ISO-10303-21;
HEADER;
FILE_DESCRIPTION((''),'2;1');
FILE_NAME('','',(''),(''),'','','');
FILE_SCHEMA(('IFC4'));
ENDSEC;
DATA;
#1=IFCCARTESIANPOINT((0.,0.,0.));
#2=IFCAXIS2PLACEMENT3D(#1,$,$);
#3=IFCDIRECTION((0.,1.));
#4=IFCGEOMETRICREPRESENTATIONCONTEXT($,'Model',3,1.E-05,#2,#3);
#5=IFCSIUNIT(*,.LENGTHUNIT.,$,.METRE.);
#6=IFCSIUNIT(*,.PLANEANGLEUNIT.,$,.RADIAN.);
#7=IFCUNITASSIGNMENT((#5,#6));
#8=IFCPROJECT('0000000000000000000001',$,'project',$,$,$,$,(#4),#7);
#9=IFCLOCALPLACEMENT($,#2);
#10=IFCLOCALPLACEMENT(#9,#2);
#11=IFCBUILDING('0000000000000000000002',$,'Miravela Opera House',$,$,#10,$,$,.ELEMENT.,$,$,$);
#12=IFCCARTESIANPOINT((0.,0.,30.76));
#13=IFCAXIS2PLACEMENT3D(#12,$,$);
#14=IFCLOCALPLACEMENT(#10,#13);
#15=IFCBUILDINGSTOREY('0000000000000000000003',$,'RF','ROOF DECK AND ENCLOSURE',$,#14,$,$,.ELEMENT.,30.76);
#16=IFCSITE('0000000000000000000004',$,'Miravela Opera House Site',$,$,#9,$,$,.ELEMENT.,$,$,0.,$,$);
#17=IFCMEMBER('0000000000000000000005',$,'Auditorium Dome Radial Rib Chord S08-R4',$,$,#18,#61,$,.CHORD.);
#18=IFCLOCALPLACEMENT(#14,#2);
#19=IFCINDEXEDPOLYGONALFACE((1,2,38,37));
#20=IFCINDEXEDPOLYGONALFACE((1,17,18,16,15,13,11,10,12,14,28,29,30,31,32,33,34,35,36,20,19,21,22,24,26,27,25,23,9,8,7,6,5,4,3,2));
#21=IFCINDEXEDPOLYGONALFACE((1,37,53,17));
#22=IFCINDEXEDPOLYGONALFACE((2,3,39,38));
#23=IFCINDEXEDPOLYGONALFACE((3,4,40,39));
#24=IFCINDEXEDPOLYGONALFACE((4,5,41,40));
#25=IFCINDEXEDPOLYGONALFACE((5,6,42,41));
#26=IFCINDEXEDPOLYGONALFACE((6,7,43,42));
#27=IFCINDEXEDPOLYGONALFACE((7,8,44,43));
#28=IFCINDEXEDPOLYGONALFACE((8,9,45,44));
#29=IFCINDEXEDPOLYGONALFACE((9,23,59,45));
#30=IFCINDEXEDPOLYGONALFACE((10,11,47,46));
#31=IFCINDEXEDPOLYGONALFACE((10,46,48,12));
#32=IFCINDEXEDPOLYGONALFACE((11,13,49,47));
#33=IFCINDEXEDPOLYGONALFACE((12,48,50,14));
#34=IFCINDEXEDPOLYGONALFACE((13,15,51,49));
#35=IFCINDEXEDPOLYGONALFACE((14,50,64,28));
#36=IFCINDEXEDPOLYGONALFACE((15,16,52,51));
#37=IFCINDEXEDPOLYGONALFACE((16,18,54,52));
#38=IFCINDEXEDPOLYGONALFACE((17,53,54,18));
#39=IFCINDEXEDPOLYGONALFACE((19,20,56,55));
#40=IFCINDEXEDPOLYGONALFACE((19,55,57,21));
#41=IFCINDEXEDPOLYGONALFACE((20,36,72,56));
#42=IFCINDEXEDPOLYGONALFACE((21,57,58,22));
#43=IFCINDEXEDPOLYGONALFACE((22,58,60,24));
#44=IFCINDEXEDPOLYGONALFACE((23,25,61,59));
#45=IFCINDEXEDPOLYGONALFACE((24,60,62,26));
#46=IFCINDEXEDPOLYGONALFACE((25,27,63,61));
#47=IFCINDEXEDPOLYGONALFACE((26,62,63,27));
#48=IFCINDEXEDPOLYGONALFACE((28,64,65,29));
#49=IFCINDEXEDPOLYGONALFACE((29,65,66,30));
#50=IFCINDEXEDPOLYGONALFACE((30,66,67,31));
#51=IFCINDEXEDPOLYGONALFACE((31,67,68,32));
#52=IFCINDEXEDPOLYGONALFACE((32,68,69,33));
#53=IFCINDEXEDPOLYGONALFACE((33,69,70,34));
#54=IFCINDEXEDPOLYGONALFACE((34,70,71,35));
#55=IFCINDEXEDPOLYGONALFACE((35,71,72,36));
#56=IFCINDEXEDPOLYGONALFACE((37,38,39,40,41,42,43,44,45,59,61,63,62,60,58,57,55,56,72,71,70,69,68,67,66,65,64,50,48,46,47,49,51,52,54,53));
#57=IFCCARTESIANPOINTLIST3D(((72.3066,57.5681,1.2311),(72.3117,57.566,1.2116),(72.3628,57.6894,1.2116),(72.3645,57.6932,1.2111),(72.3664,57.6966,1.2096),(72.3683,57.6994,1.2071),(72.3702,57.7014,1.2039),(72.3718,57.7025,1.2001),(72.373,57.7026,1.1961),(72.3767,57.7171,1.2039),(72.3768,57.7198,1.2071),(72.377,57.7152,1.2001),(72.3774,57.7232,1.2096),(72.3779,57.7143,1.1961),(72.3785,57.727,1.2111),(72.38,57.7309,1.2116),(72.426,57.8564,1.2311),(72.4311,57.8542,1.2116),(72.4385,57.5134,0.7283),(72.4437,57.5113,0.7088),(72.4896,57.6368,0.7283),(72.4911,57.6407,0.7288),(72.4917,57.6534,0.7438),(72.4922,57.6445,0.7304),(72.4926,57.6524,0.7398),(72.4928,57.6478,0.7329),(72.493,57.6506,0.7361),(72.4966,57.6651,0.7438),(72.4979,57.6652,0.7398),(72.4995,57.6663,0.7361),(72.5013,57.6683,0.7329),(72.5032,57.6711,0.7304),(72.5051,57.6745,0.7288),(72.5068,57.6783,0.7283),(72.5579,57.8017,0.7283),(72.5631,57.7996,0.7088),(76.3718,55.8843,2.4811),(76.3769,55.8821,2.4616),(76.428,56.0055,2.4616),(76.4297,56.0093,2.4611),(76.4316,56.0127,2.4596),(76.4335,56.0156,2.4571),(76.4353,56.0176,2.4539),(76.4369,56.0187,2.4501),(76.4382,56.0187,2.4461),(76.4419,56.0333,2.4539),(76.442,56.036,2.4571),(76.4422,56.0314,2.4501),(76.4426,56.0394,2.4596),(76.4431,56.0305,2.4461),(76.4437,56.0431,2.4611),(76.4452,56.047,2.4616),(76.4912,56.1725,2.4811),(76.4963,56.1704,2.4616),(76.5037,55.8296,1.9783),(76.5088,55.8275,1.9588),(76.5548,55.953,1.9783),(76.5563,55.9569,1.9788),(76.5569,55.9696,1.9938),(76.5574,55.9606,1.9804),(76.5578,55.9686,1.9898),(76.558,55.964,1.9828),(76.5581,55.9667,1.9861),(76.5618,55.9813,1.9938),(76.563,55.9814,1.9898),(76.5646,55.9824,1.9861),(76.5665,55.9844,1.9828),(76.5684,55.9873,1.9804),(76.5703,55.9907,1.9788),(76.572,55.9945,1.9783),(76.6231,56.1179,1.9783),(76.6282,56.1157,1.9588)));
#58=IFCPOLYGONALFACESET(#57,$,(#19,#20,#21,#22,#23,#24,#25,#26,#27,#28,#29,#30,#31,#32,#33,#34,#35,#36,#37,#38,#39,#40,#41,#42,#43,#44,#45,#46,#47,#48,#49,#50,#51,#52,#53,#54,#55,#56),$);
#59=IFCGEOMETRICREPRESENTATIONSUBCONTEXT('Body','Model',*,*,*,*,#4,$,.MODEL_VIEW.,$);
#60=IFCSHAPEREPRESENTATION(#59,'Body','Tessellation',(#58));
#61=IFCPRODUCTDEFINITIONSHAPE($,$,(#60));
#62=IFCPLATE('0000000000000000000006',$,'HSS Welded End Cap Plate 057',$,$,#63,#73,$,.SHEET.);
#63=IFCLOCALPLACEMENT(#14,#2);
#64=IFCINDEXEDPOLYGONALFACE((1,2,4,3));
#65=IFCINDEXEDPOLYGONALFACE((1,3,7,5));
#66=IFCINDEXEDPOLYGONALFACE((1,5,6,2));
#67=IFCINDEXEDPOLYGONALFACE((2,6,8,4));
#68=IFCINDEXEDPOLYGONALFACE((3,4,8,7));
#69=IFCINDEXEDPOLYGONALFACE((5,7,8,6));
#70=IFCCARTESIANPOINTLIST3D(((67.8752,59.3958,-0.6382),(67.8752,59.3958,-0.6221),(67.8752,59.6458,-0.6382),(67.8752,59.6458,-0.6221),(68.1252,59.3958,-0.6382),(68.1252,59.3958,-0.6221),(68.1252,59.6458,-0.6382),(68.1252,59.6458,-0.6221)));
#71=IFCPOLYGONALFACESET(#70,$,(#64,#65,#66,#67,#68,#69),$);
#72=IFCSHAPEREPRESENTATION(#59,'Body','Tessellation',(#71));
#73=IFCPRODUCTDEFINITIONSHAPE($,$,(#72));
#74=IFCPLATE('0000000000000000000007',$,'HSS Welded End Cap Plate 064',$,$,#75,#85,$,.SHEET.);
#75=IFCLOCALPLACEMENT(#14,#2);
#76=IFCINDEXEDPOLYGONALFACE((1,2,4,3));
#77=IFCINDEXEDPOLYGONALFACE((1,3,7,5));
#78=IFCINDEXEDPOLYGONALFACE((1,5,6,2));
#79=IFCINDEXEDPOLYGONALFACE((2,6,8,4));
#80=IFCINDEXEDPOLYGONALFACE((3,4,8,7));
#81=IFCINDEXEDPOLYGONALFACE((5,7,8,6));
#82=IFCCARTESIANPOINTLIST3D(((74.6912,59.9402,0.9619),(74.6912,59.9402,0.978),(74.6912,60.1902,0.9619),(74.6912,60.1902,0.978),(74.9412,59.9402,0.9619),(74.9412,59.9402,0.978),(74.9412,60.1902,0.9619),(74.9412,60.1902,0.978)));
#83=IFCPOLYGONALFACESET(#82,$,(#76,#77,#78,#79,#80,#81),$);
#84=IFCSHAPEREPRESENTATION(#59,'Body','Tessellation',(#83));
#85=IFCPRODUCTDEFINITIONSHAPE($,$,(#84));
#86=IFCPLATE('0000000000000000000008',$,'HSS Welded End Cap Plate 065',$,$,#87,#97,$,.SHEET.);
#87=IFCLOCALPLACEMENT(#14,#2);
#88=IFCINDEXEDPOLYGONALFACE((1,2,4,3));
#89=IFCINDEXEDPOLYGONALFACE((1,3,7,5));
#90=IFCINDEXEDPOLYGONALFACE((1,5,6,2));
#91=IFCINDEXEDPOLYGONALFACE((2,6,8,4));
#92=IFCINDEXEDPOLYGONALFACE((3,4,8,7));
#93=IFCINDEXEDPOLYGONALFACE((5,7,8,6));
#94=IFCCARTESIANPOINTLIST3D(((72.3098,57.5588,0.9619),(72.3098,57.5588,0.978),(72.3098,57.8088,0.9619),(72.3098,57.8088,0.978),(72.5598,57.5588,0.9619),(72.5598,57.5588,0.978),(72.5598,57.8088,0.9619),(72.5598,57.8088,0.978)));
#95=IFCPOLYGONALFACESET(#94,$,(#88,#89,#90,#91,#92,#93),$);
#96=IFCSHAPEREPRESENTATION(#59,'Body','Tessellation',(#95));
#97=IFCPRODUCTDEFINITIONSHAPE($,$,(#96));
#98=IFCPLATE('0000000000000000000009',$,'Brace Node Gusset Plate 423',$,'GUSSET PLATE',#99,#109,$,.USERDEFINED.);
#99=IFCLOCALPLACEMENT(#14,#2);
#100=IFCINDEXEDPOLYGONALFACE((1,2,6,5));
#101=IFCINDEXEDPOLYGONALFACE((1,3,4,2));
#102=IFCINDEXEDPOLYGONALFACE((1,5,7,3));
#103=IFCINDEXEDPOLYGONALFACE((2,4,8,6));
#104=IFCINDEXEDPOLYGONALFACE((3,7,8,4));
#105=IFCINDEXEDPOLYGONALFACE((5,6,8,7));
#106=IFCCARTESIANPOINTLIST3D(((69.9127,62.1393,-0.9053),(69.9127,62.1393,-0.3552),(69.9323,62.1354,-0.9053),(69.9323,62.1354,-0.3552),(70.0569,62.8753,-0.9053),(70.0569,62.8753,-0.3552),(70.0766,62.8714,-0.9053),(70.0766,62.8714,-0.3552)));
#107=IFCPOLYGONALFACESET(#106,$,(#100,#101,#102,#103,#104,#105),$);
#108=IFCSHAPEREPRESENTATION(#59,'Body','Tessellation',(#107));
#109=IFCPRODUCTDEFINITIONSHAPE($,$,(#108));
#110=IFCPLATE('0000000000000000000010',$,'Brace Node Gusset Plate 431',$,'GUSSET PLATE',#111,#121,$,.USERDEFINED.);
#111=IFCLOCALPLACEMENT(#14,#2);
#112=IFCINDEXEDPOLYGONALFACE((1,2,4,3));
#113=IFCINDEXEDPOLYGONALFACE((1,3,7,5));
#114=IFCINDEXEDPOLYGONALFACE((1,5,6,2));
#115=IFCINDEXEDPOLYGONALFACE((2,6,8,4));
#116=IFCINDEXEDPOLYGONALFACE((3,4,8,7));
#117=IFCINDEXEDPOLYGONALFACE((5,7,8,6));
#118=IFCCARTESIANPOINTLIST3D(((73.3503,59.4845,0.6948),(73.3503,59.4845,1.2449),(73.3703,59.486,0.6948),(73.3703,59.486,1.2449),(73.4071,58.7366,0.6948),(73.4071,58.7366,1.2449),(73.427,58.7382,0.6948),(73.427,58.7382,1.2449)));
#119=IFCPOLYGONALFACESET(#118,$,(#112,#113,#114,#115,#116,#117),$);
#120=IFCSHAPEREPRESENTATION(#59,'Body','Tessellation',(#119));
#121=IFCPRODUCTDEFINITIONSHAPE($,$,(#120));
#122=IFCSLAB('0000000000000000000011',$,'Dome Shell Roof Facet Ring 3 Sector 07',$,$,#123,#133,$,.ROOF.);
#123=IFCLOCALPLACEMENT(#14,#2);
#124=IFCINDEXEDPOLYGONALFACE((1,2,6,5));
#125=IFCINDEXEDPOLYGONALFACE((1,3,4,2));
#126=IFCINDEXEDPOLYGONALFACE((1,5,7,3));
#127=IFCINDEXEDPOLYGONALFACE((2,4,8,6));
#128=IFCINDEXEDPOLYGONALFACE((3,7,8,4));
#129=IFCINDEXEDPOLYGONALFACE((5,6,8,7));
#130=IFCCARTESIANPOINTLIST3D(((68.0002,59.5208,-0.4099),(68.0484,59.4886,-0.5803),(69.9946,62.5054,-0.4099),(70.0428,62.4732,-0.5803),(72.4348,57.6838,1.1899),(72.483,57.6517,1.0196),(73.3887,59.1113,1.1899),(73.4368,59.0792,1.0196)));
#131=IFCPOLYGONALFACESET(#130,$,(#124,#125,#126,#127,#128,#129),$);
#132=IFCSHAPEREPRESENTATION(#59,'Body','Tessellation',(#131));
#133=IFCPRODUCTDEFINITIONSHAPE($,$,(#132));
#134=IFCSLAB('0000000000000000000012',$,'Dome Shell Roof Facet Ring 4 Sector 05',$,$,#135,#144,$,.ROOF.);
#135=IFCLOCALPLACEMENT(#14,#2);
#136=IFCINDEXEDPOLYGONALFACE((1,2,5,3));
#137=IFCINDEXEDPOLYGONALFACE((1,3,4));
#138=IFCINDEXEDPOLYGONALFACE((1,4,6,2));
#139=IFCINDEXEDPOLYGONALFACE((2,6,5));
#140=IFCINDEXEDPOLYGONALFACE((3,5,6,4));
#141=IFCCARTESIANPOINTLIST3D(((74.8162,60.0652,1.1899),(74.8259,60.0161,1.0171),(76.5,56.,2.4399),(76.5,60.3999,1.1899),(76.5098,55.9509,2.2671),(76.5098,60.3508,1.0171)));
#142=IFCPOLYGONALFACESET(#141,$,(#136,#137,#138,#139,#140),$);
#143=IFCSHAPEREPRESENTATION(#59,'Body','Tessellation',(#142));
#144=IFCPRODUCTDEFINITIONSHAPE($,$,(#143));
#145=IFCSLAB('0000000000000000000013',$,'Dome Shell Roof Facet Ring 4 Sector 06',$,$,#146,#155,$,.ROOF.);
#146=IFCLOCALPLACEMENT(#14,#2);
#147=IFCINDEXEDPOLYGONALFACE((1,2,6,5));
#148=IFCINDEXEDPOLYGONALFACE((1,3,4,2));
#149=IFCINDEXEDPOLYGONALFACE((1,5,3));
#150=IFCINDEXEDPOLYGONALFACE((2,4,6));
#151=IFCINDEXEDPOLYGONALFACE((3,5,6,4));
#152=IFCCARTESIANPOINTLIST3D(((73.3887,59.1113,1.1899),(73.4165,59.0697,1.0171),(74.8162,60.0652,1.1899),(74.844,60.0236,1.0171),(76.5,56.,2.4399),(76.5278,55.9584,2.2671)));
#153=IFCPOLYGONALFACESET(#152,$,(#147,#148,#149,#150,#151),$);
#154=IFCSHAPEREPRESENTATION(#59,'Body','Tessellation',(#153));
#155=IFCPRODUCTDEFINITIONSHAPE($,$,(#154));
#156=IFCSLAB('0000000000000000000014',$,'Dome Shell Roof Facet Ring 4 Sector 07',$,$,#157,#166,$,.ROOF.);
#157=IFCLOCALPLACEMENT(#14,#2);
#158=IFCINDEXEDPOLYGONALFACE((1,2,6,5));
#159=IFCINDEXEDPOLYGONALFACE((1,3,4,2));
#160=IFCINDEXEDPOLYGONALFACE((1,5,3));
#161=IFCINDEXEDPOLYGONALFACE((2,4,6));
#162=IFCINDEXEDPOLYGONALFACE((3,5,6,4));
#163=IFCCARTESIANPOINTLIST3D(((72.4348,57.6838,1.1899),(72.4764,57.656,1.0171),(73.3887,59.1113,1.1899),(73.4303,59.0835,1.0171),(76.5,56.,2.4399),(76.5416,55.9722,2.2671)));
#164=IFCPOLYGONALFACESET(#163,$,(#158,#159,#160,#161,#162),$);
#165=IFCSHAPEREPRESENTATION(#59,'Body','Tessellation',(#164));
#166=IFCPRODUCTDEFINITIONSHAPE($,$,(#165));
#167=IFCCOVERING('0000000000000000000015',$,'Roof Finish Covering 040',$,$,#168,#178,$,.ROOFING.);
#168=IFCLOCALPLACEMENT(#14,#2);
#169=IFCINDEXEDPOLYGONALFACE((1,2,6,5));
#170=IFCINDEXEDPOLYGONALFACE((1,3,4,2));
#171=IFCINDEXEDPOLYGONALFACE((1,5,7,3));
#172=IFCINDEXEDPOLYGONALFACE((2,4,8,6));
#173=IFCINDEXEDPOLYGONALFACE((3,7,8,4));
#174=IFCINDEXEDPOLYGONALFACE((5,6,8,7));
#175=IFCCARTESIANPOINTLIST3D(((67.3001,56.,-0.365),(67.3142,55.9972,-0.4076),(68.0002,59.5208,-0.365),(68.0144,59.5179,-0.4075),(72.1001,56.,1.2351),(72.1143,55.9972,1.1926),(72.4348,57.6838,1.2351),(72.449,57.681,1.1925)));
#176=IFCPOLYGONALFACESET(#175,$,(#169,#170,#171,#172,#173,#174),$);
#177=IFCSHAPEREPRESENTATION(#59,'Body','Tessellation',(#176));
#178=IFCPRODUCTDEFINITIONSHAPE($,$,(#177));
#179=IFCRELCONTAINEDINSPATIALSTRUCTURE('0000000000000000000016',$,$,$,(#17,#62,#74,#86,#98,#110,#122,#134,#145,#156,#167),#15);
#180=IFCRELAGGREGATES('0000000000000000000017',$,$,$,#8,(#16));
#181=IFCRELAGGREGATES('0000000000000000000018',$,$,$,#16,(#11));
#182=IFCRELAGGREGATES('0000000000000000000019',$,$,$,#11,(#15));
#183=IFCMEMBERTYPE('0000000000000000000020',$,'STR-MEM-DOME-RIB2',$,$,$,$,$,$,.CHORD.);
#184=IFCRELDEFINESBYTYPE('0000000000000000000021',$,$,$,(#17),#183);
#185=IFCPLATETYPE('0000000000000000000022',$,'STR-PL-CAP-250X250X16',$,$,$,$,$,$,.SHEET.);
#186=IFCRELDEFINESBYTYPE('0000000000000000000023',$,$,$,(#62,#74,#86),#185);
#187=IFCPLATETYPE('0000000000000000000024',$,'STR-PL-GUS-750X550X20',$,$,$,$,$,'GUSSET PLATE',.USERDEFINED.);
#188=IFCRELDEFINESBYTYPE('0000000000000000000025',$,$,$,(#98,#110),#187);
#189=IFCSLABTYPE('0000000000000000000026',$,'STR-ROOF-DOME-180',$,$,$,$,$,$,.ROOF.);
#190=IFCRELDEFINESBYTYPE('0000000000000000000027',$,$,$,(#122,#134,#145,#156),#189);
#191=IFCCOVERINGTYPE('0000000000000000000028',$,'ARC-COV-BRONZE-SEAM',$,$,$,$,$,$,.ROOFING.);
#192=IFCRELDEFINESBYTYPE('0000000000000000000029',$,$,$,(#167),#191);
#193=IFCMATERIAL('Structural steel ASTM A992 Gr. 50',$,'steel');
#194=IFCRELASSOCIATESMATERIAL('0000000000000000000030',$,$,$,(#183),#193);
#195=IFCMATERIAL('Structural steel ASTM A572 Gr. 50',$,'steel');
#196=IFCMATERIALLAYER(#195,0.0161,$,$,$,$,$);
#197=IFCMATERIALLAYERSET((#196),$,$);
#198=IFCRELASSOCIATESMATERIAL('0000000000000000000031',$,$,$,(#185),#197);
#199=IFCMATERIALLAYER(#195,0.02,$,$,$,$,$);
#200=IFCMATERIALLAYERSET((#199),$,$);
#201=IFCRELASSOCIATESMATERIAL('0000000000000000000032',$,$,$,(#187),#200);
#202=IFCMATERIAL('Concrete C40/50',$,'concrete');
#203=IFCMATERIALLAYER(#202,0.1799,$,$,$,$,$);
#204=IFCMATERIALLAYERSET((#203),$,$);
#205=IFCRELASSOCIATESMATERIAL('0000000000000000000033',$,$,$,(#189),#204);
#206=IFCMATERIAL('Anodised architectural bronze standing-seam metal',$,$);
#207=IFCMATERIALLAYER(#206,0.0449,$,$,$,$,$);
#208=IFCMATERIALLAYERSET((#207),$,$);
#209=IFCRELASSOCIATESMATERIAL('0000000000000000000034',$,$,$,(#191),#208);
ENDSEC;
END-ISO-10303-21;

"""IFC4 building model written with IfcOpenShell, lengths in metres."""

from ifc_helpers import new_model, si_unit, direction, frame, origin, origin_2d, place, context, subcontext, project, spatial, polyline, rectangle, i_section, outline, extrude, material, layer, layer_set, material_profile, profile_set, type_object, element, save


model = new_model("IFC4")

# Units and contexts
model_context = context("Model", 3, precision=1e-05, world=origin(), true_north=direction((0.0, 1.0)))
body_context = subcontext(model_context, "Body", "Model", "MODEL_VIEW")
ifc_project = project(units=[si_unit("LENGTHUNIT", "METRE"), si_unit("PLANEANGLEUNIT", "RADIAN")], contexts=[model_context])

# Site, building, storey
site_placement = place(None, origin())
site = spatial("IfcSite", under=ifc_project, at=site_placement, Name="Miravela Opera House Site", CompositionType="ELEMENT", RefElevation=0.0)
building_placement = place(site_placement, origin())
building = spatial("IfcBuilding", under=site, at=building_placement, Name="Miravela Opera House", CompositionType="ELEMENT")
storey_placement = place(building_placement, frame((0.0, 0.0, 30.76)))
storey = spatial("IfcBuildingStorey", under=building, at=storey_placement, Name="RF", Description="ROOF DECK AND ENCLOSURE", CompositionType="ELEMENT", Elevation=30.76)

# Shared definitions
ifc_material_1 = material(Name="Structural steel ASTM A992 Gr. 50", Category="steel")

# Member
ifc_material_profile_1 = material_profile(ifc_material_1, i_section(OverallWidth=0.312, OverallDepth=0.543, WebThickness=0.0127, FlangeThickness=0.0203, FilletRadius=0.0161, at=origin_2d()), Name="W530X150")
ifc_profile_set_1 = profile_set([ifc_material_profile_1])
member_type_1 = type_object("IfcMemberType", Name="STR-MEM-DOME-RIB2", PredefinedType="CHORD", material=ifc_profile_set_1)
member_1_placement = place(storey_placement, frame((72.4348, 57.6838, 0.97), z_axis=(0.888715, -0.368114, 0.27327), x_axis=(0.38268, 0.923881, 0.0)))
element("IfcMember", 1, at=member_1_placement, inside=storey, type_object=member_type_1, Name="Auditorium Dome Radial Rib Chord S08-R4", PredefinedType="CHORD", context=body_context, shape_type="SweptSolid", body=[
    extrude(i_section(OverallWidth=0.312, OverallDepth=0.543, WebThickness=0.0127, FlangeThickness=0.0203, FilletRadius=0.0161, at=origin_2d()), origin(), (0.0, 0.0, 1.0), 4.5742),
])

# Plates
ifc_material_2 = material(Name="Structural steel ASTM A572 Gr. 50", Category="steel")
ifc_layer_1 = layer(ifc_material_2, 0.0161)
ifc_layer_set_1 = layer_set([ifc_layer_1])
plate_type_1 = type_object("IfcPlateType", Name="STR-PL-CAP-250X250X16", PredefinedType="SHEET", material=ifc_layer_set_1)
for number, where, z_axis, x_axis, name in (
    (2, (68.0002, 59.5208, -0.6382), (0.0, 0.0, 1.0), (1.0, 0.0, 0.0), "HSS Welded End Cap Plate 057"),
    (3, (74.8162, 60.0652, 0.9619), (0.0, 0.0, 1.0), (1.0, 0.0, 0.0), "HSS Welded End Cap Plate 064"),
    (4, (72.4348, 57.6838, 0.9619), (0.0, 0.0, 1.0), (1.0, 0.0, 0.0), "HSS Welded End Cap Plate 065"),
):
    element("IfcPlate", number, at=place(storey_placement, frame(where, z_axis=z_axis, x_axis=x_axis)), inside=storey, type_object=plate_type_1, Name=name, PredefinedType="SHEET", context=body_context, shape_type="SweptSolid", body=[
        extrude(rectangle(XDim=0.25, YDim=0.25, at=origin_2d()), origin(), (0.0, 0.0, 1.0), 0.0161),
    ])
ifc_layer_2 = layer(ifc_material_2, 0.02)
ifc_layer_set_2 = layer_set([ifc_layer_2])
plate_type_2 = type_object("IfcPlateType", Name="STR-PL-GUS-750X550X20", ElementType="GUSSET PLATE", PredefinedType="USERDEFINED", material=ifc_layer_set_2)
for number, where, z_axis, x_axis, name in (
    (5, (69.9946, 62.5054, -0.9053), (0.0, 0.0, 1.0), (0.192351, 0.981326, 0.0), "Brace Node Gusset Plate 423"),
    (6, (73.3887, 59.1113, 0.6948), (0.0, 0.0, 1.0), (-0.075675, 0.997133, 0.0), "Brace Node Gusset Plate 431"),
):
    element("IfcPlate", number, at=place(storey_placement, frame(where, z_axis=z_axis, x_axis=x_axis)), inside=storey, type_object=plate_type_2, Name=name, ObjectType="GUSSET PLATE", PredefinedType="USERDEFINED", context=body_context, shape_type="SweptSolid", body=[
        extrude(rectangle(XDim=0.75, YDim=0.02, at=origin_2d()), origin(), (0.0, 0.0, 1.0), 0.55),
    ])

# Slabs
ifc_material_3 = material(Name="Concrete C40/50", Category="concrete")
ifc_layer_3 = layer(ifc_material_3, 0.1799)
ifc_layer_set_3 = layer_set([ifc_layer_3])
slab_type = type_object("IfcSlabType", Name="STR-ROOF-DOME-180", PredefinedType="ROOF", material=ifc_layer_set_3)
slab_1_placement = place(storey_placement, frame((69.9946, 62.5054, -0.4099), z_axis=(-0.267533, 0.17877, 0.94682), x_axis=(-0.555594, -0.831454, -0.000001)))
element("IfcSlab", 7, at=slab_1_placement, inside=storey, type_object=slab_type, Name="Dome Shell Roof Facet Ring 3 Sector 07", PredefinedType="ROOF", context=body_context, shape_type="SweptSolid", body=[
    extrude(outline(polyline([(0.0, 0.0), (3.5896, 0.0), (2.6531, 4.9721), (0.9363, 4.9721), (0.0, 0.0)])), origin(), (0.0, 0.0, -1.0), 0.1799),
])
slab_2_placement = place(storey_placement, frame((76.5, 60.3999, 1.1899), z_axis=(-0.054244, 0.27288, 0.960518), x_axis=(-0.98081, -0.194967, 0.0)))
element("IfcSlab", 8, at=slab_2_placement, inside=storey, type_object=slab_type, Name="Dome Shell Roof Facet Ring 4 Sector 05", PredefinedType="ROOF", context=body_context, shape_type="SweptSolid", body=[
    extrude(outline(polyline([(0.0, 0.0), (1.7168, 0.0), (0.8578, 4.4929), (0.0, 0.0)])), origin(), (0.0, 0.0, -1.0), 0.1799),
])
slab_3_placement = place(storey_placement, frame((74.8162, 60.0652, 1.1899), z_axis=(-0.154572, 0.231324, 0.960519), x_axis=(-0.831459, -0.555586, 0.0)))
element("IfcSlab", 9, at=slab_3_placement, inside=storey, type_object=slab_type, Name="Dome Shell Roof Facet Ring 4 Sector 06", PredefinedType="ROOF", context=body_context, shape_type="SweptSolid", body=[
    extrude(outline(polyline([(0.0, 0.0), (1.7168, 0.0), (0.8585, 4.4929), (0.0, 0.0)])), origin(), (0.0, 0.0, -1.0), 0.1799),
])
slab_4_placement = place(storey_placement, frame((73.3887, 59.1113, 1.1899), z_axis=(-0.231324, 0.154572, 0.960519), x_axis=(-0.555586, -0.831459, 0.0)))
element("IfcSlab", 10, at=slab_4_placement, inside=storey, type_object=slab_type, Name="Dome Shell Roof Facet Ring 4 Sector 07", PredefinedType="ROOF", context=body_context, shape_type="SweptSolid", body=[
    extrude(outline(polyline([(0.0, 0.0), (1.7168, 0.0), (0.8583, 4.4929), (0.0, 0.0)])), origin(), (0.0, 0.0, -1.0), 0.1799),
])

# Covering
ifc_material_4 = material(Name="Anodised architectural bronze standing-seam metal")
ifc_layer_4 = layer(ifc_material_4, 0.0449)
ifc_layer_set_4 = layer_set([ifc_layer_4])
covering_type = type_object("IfcCoveringType", Name="ARC-COV-BRONZE-SEAM", PredefinedType="ROOFING", material=ifc_layer_set_4)
covering_placement = place(storey_placement, frame((68.0002, 59.5208, -0.365), z_axis=(-0.315625, 0.062761, 0.946806), x_axis=(-0.195054, -0.980793, -0.000009)))
element("IfcCovering", 11, at=covering_placement, inside=storey, type_object=covering_type, Name="Roof Finish Covering 040", PredefinedType="ROOFING", context=body_context, shape_type="SweptSolid", body=[
    extrude(outline(polyline([(0.0, 0.0), (3.5897, 0.0), (2.6534, 4.9723), (0.9366, 4.9722), (0.0, 0.0)])), origin(), (0.0, 0.0, -1.0), 0.0449),
])

save(model, "model.ifc")
